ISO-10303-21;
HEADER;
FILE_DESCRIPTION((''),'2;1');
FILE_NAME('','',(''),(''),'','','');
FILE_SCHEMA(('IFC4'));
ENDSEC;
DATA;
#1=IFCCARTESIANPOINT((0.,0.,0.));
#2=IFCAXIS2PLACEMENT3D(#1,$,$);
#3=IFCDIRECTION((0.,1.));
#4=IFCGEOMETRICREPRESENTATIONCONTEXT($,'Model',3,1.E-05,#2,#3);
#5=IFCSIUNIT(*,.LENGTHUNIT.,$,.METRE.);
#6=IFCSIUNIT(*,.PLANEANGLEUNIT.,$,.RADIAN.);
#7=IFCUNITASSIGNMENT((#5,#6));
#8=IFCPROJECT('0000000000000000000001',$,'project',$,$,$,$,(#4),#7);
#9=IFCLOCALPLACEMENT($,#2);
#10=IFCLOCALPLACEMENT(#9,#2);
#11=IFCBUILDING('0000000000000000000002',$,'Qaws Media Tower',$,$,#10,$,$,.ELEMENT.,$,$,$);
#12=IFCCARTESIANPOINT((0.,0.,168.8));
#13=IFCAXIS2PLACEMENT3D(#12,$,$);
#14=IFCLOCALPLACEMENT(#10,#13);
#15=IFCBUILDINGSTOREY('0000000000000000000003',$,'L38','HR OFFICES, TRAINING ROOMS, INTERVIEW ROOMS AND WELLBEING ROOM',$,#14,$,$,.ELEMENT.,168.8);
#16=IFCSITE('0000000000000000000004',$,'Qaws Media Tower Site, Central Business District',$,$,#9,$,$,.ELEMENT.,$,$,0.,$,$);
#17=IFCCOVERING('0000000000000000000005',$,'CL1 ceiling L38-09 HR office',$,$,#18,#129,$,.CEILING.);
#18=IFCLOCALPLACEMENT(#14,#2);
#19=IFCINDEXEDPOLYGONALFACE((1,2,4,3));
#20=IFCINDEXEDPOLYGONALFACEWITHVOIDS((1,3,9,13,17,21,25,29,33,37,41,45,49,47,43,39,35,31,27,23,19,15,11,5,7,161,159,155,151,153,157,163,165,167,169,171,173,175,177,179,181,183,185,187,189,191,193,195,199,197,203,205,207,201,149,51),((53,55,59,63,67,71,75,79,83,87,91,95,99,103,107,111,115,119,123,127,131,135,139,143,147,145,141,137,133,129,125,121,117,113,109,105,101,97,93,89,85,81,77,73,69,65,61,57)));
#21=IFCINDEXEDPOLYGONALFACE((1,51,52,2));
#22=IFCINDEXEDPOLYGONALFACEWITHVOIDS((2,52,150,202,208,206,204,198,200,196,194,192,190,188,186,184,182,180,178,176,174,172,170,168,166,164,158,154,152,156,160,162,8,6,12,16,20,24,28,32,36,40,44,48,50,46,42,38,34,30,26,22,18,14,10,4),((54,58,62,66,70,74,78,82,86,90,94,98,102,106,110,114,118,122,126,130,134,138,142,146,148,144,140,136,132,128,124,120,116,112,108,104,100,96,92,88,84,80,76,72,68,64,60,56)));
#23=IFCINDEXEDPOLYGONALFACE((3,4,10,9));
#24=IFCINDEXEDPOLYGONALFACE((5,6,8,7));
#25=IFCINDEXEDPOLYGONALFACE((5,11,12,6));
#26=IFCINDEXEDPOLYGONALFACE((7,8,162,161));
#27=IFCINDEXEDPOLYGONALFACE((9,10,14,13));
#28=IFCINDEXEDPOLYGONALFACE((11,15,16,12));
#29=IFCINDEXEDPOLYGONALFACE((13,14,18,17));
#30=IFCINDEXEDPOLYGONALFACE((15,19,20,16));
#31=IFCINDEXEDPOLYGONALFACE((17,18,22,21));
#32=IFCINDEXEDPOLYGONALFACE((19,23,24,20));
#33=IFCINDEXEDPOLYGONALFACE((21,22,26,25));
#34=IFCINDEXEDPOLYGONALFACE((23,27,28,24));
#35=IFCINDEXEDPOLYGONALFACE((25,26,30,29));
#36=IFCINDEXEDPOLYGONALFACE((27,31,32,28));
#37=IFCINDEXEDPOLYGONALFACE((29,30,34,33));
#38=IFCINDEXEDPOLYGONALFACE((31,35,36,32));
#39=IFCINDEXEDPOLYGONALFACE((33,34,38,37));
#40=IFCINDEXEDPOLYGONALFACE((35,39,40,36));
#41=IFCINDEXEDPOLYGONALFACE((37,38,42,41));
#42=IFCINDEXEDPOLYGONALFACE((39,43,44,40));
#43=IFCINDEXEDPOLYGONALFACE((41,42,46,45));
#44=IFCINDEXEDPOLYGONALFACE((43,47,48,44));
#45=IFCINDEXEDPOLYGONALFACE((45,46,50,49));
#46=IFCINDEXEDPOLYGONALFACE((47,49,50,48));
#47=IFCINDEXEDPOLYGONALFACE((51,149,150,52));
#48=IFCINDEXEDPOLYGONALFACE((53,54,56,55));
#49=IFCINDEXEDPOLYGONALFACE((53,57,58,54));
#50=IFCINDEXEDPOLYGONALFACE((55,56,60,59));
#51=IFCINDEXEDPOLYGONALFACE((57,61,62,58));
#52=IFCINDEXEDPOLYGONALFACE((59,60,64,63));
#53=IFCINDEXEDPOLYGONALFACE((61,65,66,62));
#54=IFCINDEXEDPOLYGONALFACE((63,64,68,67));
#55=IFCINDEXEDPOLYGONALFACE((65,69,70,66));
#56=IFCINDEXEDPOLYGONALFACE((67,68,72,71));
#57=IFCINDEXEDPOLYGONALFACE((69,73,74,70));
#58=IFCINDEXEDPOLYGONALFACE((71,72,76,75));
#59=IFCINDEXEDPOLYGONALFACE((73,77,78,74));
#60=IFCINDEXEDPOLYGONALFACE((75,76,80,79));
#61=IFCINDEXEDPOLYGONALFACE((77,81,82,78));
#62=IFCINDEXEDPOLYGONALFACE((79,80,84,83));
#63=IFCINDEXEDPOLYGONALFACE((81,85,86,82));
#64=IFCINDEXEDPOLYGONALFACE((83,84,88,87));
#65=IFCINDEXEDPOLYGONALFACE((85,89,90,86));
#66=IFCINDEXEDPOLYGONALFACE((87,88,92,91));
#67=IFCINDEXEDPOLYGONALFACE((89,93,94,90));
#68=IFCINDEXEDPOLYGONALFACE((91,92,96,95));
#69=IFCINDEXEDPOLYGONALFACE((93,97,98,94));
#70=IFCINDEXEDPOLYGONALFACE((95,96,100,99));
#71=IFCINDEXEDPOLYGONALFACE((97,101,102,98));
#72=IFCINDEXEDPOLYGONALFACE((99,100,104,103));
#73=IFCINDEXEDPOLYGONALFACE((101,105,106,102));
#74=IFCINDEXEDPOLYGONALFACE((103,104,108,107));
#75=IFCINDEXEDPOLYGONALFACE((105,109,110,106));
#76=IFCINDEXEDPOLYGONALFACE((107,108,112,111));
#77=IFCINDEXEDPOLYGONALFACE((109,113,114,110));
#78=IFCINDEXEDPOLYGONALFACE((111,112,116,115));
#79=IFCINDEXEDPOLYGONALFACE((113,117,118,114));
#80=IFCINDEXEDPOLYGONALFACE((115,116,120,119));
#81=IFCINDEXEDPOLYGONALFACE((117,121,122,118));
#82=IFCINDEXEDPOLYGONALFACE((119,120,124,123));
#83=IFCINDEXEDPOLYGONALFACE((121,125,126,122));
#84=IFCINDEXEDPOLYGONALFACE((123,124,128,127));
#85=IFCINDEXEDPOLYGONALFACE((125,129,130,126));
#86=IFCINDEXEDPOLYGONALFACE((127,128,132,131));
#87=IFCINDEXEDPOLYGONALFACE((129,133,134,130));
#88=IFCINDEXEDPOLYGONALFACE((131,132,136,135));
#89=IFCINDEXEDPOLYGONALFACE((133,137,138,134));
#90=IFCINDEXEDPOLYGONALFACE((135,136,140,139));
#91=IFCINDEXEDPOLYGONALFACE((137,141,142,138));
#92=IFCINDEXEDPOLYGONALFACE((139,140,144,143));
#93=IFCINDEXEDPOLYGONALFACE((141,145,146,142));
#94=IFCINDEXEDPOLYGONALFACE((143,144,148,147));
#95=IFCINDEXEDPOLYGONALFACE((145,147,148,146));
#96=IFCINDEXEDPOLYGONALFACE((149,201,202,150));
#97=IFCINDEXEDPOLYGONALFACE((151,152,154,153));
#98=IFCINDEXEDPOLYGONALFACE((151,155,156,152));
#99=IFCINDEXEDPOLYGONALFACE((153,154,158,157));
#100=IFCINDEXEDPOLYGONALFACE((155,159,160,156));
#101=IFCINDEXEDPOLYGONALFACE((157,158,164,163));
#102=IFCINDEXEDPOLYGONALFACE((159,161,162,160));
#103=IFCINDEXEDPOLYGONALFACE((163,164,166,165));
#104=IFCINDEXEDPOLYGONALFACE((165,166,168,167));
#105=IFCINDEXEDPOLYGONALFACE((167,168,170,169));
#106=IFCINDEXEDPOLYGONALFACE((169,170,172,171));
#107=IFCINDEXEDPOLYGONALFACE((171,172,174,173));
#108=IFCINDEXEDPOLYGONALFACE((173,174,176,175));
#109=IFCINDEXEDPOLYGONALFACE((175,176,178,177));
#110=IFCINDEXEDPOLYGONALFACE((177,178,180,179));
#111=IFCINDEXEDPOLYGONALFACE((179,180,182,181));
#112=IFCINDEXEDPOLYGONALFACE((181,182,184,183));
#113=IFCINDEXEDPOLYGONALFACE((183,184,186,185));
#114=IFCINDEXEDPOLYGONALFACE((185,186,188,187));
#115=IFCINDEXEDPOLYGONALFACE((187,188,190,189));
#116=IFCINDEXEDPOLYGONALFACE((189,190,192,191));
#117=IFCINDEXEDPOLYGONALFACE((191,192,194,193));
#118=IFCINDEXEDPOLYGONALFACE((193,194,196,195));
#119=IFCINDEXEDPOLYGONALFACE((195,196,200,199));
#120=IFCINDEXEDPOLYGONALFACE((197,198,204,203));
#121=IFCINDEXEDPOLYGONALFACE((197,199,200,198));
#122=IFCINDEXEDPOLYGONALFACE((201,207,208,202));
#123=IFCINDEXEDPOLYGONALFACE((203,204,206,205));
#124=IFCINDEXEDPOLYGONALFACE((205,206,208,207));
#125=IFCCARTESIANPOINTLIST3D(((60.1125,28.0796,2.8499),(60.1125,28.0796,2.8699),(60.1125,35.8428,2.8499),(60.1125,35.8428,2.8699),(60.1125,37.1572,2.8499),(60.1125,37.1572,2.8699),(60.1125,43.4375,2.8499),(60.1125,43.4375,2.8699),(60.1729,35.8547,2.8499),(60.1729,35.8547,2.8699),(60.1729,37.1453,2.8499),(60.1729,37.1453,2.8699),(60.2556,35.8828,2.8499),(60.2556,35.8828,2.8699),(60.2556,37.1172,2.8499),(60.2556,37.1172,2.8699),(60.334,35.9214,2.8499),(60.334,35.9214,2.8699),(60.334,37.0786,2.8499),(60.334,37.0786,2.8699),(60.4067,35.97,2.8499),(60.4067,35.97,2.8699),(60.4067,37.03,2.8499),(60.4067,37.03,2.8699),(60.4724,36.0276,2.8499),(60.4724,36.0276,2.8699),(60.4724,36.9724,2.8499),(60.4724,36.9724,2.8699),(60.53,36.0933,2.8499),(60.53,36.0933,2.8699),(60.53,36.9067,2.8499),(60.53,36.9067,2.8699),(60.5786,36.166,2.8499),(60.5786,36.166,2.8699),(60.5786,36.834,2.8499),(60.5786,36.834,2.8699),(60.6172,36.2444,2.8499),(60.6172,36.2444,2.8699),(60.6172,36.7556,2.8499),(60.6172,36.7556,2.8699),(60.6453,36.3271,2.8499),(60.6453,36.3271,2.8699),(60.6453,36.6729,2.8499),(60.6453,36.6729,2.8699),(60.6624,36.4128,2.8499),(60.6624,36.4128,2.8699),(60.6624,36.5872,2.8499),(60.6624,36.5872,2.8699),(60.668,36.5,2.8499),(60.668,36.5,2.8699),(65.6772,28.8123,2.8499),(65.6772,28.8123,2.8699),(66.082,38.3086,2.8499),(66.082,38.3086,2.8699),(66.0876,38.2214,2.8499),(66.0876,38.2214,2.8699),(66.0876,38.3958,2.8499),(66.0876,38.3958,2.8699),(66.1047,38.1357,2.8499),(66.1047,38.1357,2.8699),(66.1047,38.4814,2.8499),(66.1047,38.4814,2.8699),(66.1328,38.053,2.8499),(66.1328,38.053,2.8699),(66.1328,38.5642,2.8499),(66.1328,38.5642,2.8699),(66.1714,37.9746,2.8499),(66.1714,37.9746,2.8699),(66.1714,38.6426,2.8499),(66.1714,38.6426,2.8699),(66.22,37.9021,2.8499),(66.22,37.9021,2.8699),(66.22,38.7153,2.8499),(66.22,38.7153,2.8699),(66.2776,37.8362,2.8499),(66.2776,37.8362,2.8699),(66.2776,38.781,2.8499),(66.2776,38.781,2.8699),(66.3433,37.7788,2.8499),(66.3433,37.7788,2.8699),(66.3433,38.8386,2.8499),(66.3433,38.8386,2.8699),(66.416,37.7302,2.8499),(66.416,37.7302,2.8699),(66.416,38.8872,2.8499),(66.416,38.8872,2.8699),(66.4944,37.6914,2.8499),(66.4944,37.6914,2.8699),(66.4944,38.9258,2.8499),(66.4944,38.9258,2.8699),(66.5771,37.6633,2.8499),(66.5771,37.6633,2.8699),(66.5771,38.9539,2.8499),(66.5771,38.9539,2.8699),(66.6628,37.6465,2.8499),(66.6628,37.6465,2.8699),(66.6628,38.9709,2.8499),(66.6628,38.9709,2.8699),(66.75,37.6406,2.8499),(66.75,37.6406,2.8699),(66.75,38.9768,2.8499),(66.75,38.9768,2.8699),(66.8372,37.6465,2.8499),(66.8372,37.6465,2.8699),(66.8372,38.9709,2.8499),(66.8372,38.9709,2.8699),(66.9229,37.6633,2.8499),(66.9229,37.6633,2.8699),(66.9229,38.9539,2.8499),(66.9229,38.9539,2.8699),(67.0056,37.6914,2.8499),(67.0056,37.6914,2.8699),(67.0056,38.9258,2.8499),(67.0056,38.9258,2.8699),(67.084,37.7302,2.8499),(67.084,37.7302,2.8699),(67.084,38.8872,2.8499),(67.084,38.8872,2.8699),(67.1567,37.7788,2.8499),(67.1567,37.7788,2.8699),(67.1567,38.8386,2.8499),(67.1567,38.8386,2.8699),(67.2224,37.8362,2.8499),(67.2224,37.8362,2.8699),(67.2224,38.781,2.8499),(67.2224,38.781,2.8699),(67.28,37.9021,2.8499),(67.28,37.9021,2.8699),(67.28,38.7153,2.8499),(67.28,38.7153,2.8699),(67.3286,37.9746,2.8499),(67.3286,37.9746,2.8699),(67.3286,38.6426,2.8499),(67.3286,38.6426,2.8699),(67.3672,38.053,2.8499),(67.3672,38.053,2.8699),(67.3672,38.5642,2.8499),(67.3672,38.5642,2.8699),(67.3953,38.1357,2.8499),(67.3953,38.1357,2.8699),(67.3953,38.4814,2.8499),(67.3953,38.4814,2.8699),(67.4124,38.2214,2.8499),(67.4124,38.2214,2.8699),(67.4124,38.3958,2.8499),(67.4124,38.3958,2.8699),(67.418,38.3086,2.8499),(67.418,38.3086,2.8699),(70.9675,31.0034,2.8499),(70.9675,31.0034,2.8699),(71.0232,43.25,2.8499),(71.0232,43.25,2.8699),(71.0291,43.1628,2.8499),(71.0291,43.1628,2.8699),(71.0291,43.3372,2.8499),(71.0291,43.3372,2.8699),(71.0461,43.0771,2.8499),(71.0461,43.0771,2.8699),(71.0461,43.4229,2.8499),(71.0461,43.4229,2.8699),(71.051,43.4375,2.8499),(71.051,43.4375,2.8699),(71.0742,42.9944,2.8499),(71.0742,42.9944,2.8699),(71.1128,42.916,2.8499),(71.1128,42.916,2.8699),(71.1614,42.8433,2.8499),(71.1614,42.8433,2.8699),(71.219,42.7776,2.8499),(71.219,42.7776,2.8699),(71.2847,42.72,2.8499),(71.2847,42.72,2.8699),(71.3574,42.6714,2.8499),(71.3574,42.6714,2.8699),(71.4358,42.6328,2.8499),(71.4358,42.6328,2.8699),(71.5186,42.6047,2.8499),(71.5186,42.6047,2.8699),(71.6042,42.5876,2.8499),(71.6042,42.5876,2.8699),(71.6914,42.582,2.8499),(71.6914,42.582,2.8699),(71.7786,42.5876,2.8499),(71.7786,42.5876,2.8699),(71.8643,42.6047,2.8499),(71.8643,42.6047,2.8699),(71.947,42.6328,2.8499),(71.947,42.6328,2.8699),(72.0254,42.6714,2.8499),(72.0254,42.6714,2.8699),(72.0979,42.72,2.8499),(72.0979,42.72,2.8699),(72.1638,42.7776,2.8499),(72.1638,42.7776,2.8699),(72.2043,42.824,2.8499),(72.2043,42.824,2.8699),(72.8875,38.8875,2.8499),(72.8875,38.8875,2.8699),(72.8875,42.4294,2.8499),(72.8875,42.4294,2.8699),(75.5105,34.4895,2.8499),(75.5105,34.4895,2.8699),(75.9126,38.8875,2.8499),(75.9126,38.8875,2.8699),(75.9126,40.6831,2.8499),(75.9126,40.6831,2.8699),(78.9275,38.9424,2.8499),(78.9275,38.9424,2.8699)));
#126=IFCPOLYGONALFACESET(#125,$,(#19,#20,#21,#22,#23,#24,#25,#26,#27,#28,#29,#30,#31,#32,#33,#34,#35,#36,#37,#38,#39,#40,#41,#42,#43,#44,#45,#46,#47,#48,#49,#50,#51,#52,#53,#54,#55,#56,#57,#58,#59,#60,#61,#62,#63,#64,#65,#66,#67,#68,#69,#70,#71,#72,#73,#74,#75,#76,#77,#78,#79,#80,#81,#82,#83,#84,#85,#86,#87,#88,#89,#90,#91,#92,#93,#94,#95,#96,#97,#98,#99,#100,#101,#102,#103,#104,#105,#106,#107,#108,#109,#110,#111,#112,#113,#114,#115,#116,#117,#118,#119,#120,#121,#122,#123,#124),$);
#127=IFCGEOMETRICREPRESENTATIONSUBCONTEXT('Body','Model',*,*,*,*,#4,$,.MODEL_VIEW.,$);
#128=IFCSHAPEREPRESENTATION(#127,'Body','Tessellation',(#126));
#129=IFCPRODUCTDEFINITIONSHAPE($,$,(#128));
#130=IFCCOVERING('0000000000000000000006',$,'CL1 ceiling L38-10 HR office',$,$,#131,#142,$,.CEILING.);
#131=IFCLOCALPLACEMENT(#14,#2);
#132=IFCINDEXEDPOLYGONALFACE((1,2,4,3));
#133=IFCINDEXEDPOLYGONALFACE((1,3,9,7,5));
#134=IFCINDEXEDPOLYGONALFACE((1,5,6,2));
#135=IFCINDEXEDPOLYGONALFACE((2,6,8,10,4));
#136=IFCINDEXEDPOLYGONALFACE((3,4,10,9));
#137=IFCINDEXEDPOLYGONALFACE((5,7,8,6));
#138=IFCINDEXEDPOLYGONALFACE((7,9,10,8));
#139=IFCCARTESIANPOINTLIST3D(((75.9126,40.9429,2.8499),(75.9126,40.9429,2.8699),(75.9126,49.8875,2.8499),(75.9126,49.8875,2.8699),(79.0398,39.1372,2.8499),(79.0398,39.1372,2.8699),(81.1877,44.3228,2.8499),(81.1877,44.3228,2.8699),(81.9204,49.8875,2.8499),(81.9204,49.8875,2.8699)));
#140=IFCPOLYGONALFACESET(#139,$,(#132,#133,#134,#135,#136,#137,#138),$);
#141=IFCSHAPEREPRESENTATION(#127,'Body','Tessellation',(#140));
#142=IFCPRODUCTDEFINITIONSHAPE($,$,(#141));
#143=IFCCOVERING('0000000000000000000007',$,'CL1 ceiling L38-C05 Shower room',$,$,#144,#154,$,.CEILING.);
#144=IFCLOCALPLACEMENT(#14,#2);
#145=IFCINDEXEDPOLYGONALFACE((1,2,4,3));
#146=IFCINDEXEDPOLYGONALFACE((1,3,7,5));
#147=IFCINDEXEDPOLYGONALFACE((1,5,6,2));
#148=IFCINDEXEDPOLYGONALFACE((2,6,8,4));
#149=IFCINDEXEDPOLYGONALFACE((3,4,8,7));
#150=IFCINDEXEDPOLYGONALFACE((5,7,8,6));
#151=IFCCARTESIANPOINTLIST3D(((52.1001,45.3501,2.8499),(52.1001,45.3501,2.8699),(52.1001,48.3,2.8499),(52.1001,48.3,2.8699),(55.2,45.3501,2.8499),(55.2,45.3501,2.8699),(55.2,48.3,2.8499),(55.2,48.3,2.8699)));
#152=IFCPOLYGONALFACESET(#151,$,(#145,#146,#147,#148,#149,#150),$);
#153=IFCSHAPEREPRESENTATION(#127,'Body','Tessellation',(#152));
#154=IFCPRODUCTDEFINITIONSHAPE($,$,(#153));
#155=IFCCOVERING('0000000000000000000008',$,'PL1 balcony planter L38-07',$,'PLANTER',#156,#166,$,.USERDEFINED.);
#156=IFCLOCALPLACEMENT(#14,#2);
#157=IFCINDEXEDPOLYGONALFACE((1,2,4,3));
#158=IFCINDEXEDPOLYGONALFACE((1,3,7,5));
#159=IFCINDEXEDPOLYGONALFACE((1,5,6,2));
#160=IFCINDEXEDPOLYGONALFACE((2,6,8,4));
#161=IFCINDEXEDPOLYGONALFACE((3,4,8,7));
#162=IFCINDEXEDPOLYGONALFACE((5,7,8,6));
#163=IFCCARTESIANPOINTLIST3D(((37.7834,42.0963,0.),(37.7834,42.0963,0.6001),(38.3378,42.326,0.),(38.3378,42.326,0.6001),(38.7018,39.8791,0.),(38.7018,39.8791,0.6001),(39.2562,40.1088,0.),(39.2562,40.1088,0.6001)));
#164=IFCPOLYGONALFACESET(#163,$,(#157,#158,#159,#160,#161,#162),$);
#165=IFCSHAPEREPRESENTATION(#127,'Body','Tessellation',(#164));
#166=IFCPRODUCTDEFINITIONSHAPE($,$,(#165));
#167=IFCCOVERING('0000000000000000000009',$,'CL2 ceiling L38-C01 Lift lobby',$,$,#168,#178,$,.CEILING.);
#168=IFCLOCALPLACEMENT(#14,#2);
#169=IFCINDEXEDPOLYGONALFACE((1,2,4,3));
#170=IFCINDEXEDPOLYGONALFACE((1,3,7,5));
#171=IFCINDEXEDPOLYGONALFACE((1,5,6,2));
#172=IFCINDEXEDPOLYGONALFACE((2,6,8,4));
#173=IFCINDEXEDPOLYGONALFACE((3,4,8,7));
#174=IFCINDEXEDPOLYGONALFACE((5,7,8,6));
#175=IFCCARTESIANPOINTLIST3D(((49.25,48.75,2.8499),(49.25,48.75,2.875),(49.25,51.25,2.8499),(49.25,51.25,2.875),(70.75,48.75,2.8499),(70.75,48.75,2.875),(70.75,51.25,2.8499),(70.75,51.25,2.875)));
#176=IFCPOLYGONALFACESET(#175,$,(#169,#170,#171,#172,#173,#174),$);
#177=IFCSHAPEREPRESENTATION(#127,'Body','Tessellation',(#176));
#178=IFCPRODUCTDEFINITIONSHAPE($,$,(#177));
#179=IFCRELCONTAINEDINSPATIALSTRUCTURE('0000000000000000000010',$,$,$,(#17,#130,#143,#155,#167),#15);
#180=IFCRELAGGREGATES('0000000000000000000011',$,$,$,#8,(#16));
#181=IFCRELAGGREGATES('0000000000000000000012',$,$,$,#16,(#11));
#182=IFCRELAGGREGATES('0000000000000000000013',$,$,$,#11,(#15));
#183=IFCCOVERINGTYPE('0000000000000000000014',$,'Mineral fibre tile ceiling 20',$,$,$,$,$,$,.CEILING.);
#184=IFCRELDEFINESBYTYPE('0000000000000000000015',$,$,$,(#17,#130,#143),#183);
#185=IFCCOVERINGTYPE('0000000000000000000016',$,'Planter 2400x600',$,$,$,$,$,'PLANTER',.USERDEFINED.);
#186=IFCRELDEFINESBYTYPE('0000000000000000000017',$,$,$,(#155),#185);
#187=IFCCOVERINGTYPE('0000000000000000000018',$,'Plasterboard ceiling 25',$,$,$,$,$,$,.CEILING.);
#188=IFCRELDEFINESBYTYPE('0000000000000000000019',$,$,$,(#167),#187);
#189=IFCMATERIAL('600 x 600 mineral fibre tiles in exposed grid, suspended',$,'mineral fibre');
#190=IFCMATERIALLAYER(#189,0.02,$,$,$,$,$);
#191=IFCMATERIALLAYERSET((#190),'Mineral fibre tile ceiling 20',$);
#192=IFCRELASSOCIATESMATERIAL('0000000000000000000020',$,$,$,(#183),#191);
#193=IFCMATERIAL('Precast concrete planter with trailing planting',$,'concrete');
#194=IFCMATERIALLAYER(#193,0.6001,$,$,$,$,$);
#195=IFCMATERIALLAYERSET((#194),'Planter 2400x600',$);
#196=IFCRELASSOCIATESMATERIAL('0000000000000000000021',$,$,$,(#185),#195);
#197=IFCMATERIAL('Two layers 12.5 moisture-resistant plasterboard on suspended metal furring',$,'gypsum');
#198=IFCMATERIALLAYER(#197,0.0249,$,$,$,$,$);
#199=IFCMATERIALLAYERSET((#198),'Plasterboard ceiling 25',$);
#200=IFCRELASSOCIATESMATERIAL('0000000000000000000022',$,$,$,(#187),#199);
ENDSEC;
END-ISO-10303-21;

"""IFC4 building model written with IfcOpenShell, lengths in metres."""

from ifc_helpers import new_model, si_unit, direction, frame, origin, origin_2d, place, context, subcontext, project, spatial, polyline, rectangle, outline, extrude, material, layer, layer_set, type_object, element, save


model = new_model("IFC4")

# Units and contexts
model_context = context("Model", 3, precision=1e-05, world=origin(), true_north=direction((0.0, 1.0)))
body_context = subcontext(model_context, "Body", "Model", "MODEL_VIEW")
ifc_project = project(units=[si_unit("LENGTHUNIT", "METRE"), si_unit("PLANEANGLEUNIT", "RADIAN")], contexts=[model_context])

# Site, building, storey
site_placement = place(None, origin())
site = spatial("IfcSite", under=ifc_project, at=site_placement, Name="Qaws Media Tower Site, Central Business District", CompositionType="ELEMENT", RefElevation=0.0)
building_placement = place(site_placement, origin())
building = spatial("IfcBuilding", under=site, at=building_placement, Name="Qaws Media Tower", CompositionType="ELEMENT")
storey_placement = place(building_placement, frame((0.0, 0.0, 168.8)))
storey = spatial("IfcBuildingStorey", under=building, at=storey_placement, Name="L38", Description="HR OFFICES, TRAINING ROOMS, INTERVIEW ROOMS AND WELLBEING ROOM", CompositionType="ELEMENT", Elevation=168.8)

# Coverings
ifc_material_1 = material(Name="600 x 600 mineral fibre tiles in exposed grid, suspended", Category="mineral fibre")
ifc_layer_1 = layer(ifc_material_1, 0.02)
ifc_layer_set_1 = layer_set([ifc_layer_1], Name="Mineral fibre tile ceiling 20")
covering_type_1 = type_object("IfcCoveringType", Name="Mineral fibre tile ceiling 20", PredefinedType="CEILING", material=ifc_layer_set_1)
covering_1_placement = place(storey_placement, frame((0.0, 0.0, 2.8499)))
element("IfcCovering", 1, at=covering_1_placement, inside=storey, type_object=covering_type_1, Name="CL1 ceiling L38-09 HR office", PredefinedType="CEILING", context=body_context, shape_type="SweptSolid", body=[
    extrude(outline(polyline([(72.8875, 38.8875), (75.9126, 38.8875), (75.9126, 40.6831), (78.9275, 38.9424), (75.5105, 34.4895), (70.9675, 31.0034), (65.6772, 28.8123), (60.1125, 28.0796), (60.1125, 35.8428), (60.1729, 35.8547), (60.2556, 35.8828), (60.334, 35.9214), (60.4067, 35.97), (60.4724, 36.0276), (60.53, 36.0933), (60.5786, 36.166), (60.6172, 36.2444), (60.6453, 36.3271), (60.6624, 36.4128), (60.668, 36.5), (60.6624, 36.5872), (60.6453, 36.6729), (60.6172, 36.7556), (60.5786, 36.834), (60.53, 36.9067), (60.4724, 36.9724), (60.4067, 37.03), (60.334, 37.0786), (60.2556, 37.1172), (60.1729, 37.1453), (60.1125, 37.1572), (60.1125, 43.4375), (71.051, 43.4375), (71.0461, 43.4229), (71.0291, 43.3372), (71.0232, 43.25), (71.0291, 43.1628), (71.0461, 43.0771), (71.0742, 42.9944), (71.1128, 42.916), (71.1614, 42.8433), (71.219, 42.7776), (71.2847, 42.72), (71.3574, 42.6714), (71.4358, 42.6328), (71.5186, 42.6047), (71.6042, 42.5876), (71.6914, 42.582), (71.7786, 42.5876), (71.8643, 42.6047), (71.947, 42.6328), (72.0254, 42.6714), (72.0979, 42.72), (72.1638, 42.7776), (72.2043, 42.824), (72.8875, 42.4294), (72.8875, 38.8875)]), holes=[polyline([(67.3672, 38.053), (67.3953, 38.1357), (67.4124, 38.2214), (67.418, 38.3086), (67.4124, 38.3958), (67.3953, 38.4814), (67.3672, 38.5642), (67.3286, 38.6426), (67.28, 38.7153), (67.2224, 38.781), (67.1567, 38.8386), (67.084, 38.8872), (67.0056, 38.9258), (66.9229, 38.9539), (66.8372, 38.9709), (66.75, 38.9768), (66.6628, 38.9709), (66.5771, 38.9539), (66.4944, 38.9258), (66.416, 38.8872), (66.3433, 38.8386), (66.2776, 38.781), (66.22, 38.7153), (66.1714, 38.6426), (66.1328, 38.5642), (66.1047, 38.4814), (66.0876, 38.3958), (66.082, 38.3086), (66.0876, 38.2214), (66.1047, 38.1357), (66.1328, 38.053), (66.1714, 37.9746), (66.22, 37.9021), (66.2776, 37.8362), (66.3433, 37.7788), (66.416, 37.7302), (66.4944, 37.6914), (66.5771, 37.6633), (66.6628, 37.6465), (66.75, 37.6406), (66.8372, 37.6465), (66.9229, 37.6633), (67.0056, 37.6914), (67.084, 37.7302), (67.1567, 37.7788), (67.2224, 37.8362), (67.28, 37.9021), (67.3286, 37.9746), (67.3672, 38.053)])]), origin(), (0.0, 0.0, 1.0), 0.02),
])
covering_2_placement = place(storey_placement, frame((0.0, 0.0, 2.8499)))
element("IfcCovering", 2, at=covering_2_placement, inside=storey, type_object=covering_type_1, Name="CL1 ceiling L38-10 HR office", PredefinedType="CEILING", context=body_context, shape_type="SweptSolid", body=[
    extrude(outline(polyline([(81.1877, 44.3228), (79.0398, 39.1372), (75.9126, 40.9429), (75.9126, 49.8875), (81.9204, 49.8875), (81.1877, 44.3228)])), origin(), (0.0, 0.0, 1.0), 0.02),
])
covering_3_placement = place(storey_placement, frame((0.0, 0.0, 2.8499)))
element("IfcCovering", 3, at=covering_3_placement, inside=storey, type_object=covering_type_1, Name="CL1 ceiling L38-C05 Shower room", PredefinedType="CEILING", context=body_context, shape_type="SweptSolid", body=[
    extrude(outline(polyline([(52.1001, 45.3501), (52.1001, 48.3), (55.2, 48.3), (55.2, 45.3501), (52.1001, 45.3501)])), origin(), (0.0, 0.0, 1.0), 0.02),
])
ifc_material_2 = material(Name="Precast concrete planter with trailing planting", Category="concrete")
ifc_layer_2 = layer(ifc_material_2, 0.6001)
ifc_layer_set_2 = layer_set([ifc_layer_2], Name="Planter 2400x600")
covering_type_2 = type_object("IfcCoveringType", Name="Planter 2400x600", ElementType="PLANTER", PredefinedType="USERDEFINED", material=ifc_layer_set_2)
covering_4_placement = place(storey_placement, frame((38.5198, 41.1025, 0.0), z_axis=(0.0, 0.0, 1.0), x_axis=(0.382683, -0.92388, 0.0)))
element("IfcCovering", 4, at=covering_4_placement, inside=storey, type_object=covering_type_2, Name="PL1 balcony planter L38-07", ObjectType="PLANTER", PredefinedType="USERDEFINED", context=body_context, shape_type="SweptSolid", body=[
    extrude(rectangle(XDim=2.3999, YDim=0.6001, at=origin_2d()), origin(), (0.0, 0.0, 1.0), 0.6001),
])
ifc_material_3 = material(Name="Two layers 12.5 moisture-resistant plasterboard on suspended metal furring", Category="gypsum")
ifc_layer_3 = layer(ifc_material_3, 0.0249)
ifc_layer_set_3 = layer_set([ifc_layer_3], Name="Plasterboard ceiling 25")
covering_type_3 = type_object("IfcCoveringType", Name="Plasterboard ceiling 25", PredefinedType="CEILING", material=ifc_layer_set_3)
covering_5_placement = place(storey_placement, frame((0.0, 0.0, 2.8499)))
element("IfcCovering", 5, at=covering_5_placement, inside=storey, type_object=covering_type_3, Name="CL2 ceiling L38-C01 Lift lobby", PredefinedType="CEILING", context=body_context, shape_type="SweptSolid", body=[
    extrude(outline(polyline([(49.25, 48.75), (49.25, 51.25), (70.75, 51.25), (70.75, 48.75), (49.25, 48.75)])), origin(), (0.0, 0.0, 1.0), 0.0251),
])

save(model, "model.ifc")
